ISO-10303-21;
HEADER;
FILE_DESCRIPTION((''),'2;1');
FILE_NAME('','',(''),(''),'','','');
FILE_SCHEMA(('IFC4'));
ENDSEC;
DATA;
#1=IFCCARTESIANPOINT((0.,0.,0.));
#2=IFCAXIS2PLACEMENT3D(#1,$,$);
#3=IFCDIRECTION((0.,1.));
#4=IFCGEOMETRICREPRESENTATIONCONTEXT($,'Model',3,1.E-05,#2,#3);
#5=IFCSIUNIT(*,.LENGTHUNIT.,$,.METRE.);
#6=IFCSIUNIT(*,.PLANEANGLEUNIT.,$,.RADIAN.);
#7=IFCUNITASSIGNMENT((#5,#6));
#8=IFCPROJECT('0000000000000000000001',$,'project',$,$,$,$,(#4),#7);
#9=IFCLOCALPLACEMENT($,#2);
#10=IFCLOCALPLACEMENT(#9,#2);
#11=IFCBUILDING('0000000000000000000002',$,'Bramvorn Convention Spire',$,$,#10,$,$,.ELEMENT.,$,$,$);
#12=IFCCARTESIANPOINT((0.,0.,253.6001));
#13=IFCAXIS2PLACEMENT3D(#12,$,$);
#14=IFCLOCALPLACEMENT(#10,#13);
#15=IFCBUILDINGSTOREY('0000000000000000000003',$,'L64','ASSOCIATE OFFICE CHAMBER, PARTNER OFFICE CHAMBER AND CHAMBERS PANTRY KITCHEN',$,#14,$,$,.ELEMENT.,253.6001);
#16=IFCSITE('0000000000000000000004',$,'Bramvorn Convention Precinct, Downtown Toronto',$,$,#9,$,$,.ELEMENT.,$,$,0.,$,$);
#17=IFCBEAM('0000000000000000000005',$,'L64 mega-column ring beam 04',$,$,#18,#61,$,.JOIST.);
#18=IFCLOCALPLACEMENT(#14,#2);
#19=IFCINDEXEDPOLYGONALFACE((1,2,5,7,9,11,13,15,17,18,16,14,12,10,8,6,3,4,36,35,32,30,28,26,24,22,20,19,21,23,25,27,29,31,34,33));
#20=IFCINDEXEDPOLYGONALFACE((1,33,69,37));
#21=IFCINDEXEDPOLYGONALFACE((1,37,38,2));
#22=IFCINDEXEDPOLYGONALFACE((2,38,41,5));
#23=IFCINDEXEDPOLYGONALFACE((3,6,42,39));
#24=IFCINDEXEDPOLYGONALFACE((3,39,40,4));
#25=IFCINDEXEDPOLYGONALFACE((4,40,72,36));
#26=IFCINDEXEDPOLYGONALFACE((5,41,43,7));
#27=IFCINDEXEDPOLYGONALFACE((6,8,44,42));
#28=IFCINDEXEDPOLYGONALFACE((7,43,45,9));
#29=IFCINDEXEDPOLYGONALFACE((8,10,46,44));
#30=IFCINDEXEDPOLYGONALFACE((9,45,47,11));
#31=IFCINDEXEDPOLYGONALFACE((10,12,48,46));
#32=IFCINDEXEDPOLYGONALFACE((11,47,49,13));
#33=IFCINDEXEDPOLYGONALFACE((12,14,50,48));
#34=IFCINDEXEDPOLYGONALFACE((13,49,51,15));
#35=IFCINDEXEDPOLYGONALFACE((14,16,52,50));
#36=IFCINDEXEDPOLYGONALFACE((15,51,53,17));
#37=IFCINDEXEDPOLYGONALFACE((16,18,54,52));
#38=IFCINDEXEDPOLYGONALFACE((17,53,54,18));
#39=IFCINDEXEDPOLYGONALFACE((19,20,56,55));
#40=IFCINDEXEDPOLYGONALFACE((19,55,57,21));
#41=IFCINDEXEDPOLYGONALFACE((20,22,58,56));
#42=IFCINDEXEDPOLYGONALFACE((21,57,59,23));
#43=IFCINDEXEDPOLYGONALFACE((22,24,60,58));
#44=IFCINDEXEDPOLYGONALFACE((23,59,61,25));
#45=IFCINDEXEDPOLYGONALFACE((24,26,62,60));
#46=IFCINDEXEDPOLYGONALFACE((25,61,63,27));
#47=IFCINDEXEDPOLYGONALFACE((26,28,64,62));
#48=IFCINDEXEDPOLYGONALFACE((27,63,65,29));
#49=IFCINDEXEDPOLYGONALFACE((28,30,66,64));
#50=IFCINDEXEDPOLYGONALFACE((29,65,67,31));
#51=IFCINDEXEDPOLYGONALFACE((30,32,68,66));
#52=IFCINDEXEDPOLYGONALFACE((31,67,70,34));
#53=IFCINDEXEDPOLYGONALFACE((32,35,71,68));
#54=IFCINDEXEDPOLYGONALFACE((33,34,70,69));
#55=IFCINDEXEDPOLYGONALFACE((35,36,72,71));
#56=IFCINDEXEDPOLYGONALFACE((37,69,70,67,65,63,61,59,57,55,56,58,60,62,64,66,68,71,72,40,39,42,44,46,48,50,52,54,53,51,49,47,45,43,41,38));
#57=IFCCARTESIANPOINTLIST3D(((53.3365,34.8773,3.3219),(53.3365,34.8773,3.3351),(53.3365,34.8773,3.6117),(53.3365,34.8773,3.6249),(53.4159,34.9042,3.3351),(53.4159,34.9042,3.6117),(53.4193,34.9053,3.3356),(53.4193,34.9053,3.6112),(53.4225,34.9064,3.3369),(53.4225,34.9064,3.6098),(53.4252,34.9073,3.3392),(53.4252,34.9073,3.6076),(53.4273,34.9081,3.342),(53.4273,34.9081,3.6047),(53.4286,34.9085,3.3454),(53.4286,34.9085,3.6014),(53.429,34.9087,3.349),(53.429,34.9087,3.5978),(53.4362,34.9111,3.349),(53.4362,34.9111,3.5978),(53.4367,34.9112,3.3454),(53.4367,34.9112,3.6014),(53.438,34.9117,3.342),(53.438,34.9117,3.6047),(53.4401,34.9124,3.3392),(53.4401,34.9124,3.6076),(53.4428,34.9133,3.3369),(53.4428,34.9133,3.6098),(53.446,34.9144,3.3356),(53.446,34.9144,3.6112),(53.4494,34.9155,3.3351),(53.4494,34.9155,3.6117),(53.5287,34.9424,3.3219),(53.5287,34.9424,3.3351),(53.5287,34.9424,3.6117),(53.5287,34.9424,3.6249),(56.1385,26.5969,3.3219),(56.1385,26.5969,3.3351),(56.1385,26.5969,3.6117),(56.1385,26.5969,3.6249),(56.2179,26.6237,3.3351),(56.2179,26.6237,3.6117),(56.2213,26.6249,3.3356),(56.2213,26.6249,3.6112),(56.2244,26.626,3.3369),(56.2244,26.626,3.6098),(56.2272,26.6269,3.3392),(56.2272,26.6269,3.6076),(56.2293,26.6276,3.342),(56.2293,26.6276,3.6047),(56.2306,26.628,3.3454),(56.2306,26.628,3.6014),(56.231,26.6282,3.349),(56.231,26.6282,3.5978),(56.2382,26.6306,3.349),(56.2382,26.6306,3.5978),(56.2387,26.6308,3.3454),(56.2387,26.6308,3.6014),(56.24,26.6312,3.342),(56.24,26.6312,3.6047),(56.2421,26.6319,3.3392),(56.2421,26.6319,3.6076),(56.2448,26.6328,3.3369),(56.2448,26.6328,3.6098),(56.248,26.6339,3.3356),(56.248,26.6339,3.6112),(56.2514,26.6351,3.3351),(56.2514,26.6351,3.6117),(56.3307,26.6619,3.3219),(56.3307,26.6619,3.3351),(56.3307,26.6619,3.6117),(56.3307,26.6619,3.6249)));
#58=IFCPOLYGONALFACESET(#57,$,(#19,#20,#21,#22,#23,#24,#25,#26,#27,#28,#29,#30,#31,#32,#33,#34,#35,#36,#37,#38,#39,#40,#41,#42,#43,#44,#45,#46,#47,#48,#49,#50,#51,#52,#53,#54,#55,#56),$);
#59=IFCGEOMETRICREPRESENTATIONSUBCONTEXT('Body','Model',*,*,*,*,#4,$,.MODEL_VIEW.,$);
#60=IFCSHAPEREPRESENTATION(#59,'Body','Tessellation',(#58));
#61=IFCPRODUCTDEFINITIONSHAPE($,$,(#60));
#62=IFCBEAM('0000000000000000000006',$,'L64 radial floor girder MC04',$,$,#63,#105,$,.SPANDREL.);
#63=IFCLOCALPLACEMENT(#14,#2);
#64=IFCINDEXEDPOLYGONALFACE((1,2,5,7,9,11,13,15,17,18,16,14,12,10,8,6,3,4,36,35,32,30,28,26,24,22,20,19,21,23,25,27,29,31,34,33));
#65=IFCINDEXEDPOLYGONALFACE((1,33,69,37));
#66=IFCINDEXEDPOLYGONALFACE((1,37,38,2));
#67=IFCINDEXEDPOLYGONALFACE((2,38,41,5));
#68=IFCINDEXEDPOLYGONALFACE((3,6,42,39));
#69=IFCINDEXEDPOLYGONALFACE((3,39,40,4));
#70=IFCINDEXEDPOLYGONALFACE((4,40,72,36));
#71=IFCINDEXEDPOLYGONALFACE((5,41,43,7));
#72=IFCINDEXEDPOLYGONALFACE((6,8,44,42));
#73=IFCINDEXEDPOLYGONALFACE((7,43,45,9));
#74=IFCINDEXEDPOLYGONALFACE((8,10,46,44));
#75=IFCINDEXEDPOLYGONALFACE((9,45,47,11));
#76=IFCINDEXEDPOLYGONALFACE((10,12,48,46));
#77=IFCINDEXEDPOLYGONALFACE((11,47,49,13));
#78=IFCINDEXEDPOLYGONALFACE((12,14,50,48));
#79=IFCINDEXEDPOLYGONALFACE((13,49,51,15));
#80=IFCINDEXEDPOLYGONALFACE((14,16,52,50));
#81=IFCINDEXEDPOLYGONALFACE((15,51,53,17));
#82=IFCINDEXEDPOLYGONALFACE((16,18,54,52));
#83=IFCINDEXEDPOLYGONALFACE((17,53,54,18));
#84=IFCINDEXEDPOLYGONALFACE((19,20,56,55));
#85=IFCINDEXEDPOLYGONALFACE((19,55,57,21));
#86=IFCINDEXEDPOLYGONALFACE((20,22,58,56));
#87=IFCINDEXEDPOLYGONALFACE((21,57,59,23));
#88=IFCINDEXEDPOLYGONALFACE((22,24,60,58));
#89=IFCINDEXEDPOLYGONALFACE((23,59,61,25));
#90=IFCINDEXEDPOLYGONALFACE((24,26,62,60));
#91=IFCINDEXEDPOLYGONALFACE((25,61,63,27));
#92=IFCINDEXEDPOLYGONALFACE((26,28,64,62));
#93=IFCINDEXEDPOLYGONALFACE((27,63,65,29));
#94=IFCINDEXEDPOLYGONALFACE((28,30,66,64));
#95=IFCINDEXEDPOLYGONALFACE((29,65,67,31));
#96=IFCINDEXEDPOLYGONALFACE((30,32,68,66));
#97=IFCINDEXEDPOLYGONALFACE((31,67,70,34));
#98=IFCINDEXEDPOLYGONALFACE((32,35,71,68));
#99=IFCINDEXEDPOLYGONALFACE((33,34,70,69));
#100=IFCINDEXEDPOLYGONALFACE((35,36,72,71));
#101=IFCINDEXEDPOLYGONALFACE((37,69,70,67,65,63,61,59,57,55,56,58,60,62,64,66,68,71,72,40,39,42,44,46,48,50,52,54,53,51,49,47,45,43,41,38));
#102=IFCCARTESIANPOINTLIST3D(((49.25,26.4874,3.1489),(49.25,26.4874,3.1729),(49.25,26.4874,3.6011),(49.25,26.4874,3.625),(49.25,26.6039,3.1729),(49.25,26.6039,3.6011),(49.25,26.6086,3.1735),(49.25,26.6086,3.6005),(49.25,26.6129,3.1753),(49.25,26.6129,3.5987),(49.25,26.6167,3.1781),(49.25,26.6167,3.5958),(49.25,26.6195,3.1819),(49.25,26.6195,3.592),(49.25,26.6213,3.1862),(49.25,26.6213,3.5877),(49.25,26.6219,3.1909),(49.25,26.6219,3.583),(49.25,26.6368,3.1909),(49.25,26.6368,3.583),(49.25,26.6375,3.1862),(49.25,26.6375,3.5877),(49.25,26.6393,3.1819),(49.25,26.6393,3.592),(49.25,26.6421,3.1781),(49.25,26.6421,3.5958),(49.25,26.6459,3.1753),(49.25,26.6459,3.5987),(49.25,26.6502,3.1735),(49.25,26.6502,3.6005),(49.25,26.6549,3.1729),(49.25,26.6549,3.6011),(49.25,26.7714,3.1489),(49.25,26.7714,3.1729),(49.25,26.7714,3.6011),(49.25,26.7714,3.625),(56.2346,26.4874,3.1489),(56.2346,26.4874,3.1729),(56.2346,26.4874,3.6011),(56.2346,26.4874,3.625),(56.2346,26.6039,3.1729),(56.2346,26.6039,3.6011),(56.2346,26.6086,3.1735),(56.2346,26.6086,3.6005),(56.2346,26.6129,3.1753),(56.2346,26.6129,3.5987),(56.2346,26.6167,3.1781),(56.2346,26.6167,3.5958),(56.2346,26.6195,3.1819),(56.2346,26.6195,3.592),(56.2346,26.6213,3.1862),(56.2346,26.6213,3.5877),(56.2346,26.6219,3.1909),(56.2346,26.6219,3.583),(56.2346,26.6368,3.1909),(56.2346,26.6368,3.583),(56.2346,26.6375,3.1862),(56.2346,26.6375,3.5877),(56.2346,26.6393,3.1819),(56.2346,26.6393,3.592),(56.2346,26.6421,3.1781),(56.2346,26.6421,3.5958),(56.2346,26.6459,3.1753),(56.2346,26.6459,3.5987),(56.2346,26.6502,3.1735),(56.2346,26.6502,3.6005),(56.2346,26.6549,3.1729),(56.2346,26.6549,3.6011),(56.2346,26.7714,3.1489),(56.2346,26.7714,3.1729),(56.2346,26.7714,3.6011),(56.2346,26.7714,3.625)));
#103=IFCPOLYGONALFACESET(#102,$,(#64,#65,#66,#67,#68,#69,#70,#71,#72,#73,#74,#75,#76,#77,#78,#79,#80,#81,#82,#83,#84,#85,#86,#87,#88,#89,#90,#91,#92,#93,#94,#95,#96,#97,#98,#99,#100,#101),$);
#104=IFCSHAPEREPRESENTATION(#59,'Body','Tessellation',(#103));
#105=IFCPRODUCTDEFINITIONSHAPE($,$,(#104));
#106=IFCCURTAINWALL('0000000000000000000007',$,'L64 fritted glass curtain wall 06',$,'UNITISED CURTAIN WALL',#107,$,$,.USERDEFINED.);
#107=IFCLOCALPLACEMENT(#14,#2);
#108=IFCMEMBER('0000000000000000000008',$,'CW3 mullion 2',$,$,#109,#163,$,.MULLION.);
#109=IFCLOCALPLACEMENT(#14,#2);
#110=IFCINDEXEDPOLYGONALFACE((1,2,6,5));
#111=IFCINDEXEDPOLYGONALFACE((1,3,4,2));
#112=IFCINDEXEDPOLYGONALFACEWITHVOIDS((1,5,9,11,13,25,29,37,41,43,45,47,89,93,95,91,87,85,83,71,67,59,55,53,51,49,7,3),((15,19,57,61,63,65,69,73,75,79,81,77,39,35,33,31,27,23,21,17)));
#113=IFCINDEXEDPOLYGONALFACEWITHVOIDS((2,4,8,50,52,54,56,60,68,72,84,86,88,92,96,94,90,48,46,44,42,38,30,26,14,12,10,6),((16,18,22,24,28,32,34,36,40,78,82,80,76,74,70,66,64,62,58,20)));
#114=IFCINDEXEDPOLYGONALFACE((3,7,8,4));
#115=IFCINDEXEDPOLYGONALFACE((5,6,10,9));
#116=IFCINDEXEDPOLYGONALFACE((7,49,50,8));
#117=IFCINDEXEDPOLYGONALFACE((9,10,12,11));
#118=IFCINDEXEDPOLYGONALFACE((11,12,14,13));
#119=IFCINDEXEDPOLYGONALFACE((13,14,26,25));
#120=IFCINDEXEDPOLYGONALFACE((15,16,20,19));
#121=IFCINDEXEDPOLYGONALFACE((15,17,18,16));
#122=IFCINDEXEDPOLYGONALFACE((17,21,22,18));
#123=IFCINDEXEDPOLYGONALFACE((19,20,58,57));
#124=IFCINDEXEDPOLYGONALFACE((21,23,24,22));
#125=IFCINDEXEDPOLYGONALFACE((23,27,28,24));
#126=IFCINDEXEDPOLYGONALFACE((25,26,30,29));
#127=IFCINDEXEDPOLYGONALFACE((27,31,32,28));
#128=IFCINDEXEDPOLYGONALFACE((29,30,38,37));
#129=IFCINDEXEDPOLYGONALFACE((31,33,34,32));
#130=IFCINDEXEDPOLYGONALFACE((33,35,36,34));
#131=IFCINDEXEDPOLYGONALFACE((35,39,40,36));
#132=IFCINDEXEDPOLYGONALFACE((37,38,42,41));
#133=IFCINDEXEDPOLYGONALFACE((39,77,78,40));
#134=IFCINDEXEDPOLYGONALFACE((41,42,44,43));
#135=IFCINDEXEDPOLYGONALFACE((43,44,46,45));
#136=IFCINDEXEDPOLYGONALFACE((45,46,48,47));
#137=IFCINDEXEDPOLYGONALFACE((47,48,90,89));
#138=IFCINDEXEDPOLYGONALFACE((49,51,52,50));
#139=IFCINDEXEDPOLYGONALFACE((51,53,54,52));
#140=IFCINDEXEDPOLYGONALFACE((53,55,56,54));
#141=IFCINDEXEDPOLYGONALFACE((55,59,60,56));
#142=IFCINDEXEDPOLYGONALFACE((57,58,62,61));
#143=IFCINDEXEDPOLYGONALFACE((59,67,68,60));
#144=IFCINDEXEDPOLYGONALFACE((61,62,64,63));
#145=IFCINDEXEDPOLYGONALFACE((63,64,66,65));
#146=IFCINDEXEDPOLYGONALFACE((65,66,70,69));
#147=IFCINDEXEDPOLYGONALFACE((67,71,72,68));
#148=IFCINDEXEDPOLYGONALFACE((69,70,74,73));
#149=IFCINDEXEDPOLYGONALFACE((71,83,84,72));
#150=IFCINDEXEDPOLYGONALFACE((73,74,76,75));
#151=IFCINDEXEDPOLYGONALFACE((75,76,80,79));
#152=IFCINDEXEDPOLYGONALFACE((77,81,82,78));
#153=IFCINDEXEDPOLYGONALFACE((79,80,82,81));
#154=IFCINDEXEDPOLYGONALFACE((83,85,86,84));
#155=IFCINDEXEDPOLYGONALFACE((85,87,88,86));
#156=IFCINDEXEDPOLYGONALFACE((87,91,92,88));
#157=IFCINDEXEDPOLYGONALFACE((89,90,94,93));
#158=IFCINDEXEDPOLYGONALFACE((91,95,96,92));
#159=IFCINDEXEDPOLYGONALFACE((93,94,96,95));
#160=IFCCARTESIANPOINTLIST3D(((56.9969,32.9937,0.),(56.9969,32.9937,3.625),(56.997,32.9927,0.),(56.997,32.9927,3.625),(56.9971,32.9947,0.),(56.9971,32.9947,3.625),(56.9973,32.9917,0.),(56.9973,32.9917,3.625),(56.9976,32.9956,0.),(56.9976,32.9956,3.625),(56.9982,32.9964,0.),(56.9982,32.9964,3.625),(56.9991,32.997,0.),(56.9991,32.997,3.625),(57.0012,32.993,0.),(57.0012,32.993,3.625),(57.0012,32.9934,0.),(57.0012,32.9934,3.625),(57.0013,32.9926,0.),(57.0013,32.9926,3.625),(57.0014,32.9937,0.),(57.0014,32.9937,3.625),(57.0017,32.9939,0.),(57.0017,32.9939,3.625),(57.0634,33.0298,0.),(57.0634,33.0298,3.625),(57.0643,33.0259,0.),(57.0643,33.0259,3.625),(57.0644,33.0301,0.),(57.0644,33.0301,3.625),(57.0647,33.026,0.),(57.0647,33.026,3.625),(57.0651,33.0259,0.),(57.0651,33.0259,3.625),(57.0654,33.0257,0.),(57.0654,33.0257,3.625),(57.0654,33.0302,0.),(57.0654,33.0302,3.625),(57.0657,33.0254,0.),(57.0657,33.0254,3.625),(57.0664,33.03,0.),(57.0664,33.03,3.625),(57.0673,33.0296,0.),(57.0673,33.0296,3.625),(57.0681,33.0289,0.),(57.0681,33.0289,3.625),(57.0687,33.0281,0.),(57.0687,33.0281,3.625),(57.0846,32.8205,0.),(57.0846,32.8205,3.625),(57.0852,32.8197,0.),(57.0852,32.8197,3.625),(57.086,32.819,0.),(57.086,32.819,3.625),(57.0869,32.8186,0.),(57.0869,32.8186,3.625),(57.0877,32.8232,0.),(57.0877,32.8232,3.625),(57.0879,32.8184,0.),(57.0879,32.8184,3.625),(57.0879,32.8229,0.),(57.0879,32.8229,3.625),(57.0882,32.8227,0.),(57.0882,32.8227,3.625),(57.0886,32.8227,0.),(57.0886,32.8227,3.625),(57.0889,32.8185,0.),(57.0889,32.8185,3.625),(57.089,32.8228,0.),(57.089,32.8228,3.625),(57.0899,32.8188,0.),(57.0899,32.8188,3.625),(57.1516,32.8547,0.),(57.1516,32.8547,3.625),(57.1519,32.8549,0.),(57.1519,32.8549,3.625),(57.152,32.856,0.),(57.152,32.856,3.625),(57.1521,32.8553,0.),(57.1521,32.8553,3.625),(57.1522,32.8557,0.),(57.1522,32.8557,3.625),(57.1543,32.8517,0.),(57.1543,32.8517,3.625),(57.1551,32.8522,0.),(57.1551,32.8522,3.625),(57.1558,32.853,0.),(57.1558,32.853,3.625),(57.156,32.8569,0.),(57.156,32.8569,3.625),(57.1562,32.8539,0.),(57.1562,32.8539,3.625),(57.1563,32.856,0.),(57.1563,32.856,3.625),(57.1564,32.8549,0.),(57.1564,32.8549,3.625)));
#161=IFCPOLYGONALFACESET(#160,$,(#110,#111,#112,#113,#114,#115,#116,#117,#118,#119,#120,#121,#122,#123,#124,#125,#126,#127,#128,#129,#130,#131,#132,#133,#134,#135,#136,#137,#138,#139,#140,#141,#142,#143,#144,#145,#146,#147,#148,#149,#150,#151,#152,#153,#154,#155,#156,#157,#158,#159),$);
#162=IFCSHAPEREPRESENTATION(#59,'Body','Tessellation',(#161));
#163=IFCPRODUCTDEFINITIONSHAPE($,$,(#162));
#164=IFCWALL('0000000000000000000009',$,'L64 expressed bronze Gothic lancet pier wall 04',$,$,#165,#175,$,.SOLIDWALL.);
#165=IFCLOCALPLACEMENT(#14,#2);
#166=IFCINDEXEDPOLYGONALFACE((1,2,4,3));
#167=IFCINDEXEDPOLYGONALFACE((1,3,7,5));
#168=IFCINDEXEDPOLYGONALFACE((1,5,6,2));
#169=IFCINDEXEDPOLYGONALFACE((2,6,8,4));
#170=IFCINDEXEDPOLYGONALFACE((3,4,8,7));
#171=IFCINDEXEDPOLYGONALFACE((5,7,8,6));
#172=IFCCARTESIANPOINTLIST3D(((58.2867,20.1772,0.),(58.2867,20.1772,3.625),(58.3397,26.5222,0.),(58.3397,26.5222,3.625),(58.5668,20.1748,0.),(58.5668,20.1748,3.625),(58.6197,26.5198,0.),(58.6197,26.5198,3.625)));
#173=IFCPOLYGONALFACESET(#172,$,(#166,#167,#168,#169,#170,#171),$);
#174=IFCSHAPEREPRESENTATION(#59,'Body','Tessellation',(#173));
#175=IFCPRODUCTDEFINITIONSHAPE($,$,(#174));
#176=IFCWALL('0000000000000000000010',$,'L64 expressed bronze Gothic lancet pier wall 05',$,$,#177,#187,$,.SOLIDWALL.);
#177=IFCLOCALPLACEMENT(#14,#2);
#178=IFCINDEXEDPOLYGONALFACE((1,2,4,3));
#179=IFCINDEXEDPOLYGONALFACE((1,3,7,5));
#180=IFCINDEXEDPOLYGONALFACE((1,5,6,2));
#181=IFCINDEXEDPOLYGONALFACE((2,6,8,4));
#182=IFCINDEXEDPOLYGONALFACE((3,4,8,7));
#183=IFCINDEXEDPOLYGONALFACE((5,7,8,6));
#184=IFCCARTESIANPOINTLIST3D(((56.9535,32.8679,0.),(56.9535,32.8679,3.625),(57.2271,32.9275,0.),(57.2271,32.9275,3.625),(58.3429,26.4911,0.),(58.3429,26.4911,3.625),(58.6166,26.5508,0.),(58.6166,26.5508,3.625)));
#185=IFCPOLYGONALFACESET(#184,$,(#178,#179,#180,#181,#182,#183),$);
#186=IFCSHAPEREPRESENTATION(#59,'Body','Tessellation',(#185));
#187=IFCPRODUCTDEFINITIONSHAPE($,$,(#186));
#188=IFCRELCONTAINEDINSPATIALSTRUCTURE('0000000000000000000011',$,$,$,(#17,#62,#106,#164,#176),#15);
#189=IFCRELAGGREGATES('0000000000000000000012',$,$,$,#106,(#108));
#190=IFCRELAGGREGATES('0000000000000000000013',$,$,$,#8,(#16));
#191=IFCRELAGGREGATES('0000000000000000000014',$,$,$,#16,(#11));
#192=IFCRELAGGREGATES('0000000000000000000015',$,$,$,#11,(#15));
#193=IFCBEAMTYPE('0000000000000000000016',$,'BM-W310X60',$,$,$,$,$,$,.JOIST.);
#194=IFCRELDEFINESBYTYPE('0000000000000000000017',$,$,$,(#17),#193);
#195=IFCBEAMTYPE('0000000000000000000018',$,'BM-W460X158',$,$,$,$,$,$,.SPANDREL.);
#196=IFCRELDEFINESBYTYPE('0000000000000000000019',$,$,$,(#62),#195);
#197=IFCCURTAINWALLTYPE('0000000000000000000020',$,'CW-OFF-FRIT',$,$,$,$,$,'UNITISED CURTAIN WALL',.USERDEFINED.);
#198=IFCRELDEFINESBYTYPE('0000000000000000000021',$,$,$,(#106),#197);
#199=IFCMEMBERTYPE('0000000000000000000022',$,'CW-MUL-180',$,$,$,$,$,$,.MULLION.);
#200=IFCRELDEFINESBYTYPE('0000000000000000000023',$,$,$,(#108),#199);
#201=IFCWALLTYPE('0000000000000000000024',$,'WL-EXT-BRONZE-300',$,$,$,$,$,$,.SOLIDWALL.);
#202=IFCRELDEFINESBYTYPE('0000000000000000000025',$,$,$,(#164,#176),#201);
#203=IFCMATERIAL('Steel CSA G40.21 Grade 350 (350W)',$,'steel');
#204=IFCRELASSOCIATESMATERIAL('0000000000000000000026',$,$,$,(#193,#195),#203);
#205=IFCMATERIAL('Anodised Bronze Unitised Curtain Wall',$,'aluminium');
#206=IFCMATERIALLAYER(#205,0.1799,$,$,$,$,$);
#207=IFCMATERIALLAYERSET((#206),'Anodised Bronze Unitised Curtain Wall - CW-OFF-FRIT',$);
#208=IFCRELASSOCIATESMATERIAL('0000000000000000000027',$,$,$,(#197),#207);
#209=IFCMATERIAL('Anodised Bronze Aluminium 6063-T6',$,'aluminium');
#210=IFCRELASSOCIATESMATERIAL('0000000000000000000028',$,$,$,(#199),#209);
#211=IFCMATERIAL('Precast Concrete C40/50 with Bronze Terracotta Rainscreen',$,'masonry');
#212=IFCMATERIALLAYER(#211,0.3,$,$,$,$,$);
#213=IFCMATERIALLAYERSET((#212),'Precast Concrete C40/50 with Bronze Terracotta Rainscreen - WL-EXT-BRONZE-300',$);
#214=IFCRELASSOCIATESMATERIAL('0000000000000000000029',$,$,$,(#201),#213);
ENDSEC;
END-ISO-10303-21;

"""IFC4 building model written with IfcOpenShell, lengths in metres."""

from ifc_helpers import new_model, si_unit, direction, frame, frame_2d, origin, origin_2d, place, context, subcontext, project, spatial, rectangle, hollow_rectangle, i_section, extrude, material, layer, layer_set, material_profile, profile_set, type_object, element, aggregate, save


model = new_model("IFC4")

# Units and contexts
model_context = context("Model", 3, precision=1e-05, world=origin(), true_north=direction((0.0, 1.0)))
body_context = subcontext(model_context, "Body", "Model", "MODEL_VIEW")
ifc_project = project(units=[si_unit("LENGTHUNIT", "METRE"), si_unit("PLANEANGLEUNIT", "RADIAN")], contexts=[model_context])

# Site, building, storey
site_placement = place(None, origin())
site = spatial("IfcSite", under=ifc_project, at=site_placement, Name="Bramvorn Convention Precinct, Downtown Toronto", CompositionType="ELEMENT", RefElevation=0.0)
building_placement = place(site_placement, origin())
building = spatial("IfcBuilding", under=site, at=building_placement, Name="Bramvorn Convention Spire", CompositionType="ELEMENT")
storey_placement = place(building_placement, frame((0.0, 0.0, 253.6001)))
storey = spatial("IfcBuildingStorey", under=building, at=storey_placement, Name="L64", Description="ASSOCIATE OFFICE CHAMBER, PARTNER OFFICE CHAMBER AND CHAMBERS PANTRY KITCHEN", CompositionType="ELEMENT", Elevation=253.6001)

# Shared definitions
ifc_material_1 = material(Name="Steel CSA G40.21 Grade 350 (350W)", Category="steel")

# Beams
ifc_material_profile_1 = material_profile(ifc_material_1, i_section(OverallWidth=0.2029, OverallDepth=0.303, WebThickness=0.0076, FlangeThickness=0.0132, FilletRadius=0.0139, at=origin_2d()))
ifc_profile_set_1 = profile_set([ifc_material_profile_1], Name="Steel CSA G40.21 Grade 350 (350W) - W310X60")
beam_type_1 = type_object("IfcBeamType", Name="BM-W310X60", PredefinedType="JOIST", material=ifc_profile_set_1)
beam_1_placement = place(storey_placement, frame((56.2346, 26.6294, 3.4734), z_axis=(-0.320531, 0.947238, 0.0), x_axis=(-0.947238, -0.320531, 0.0)))
element("IfcBeam", 1, at=beam_1_placement, inside=storey, type_object=beam_type_1, Name="L64 mega-column ring beam 04", PredefinedType="JOIST", context=body_context, shape_type="SweptSolid", body=[
    extrude(i_section(OverallWidth=0.2029, OverallDepth=0.303, WebThickness=0.0076, FlangeThickness=0.0132, FilletRadius=0.0139, at=origin_2d()), origin(), (0.0, 0.0, 1.0), 8.7417),
])
ifc_material_profile_2 = material_profile(ifc_material_1, i_section(OverallWidth=0.2839, OverallDepth=0.4761, WebThickness=0.0149, FlangeThickness=0.0239, FilletRadius=0.0181, at=origin_2d()))
ifc_profile_set_2 = profile_set([ifc_material_profile_2], Name="Steel CSA G40.21 Grade 350 (350W) - W460X158")
beam_type_2 = type_object("IfcBeamType", Name="BM-W460X158", PredefinedType="SPANDREL", material=ifc_profile_set_2)
beam_2_placement = place(storey_placement, frame((49.25, 26.6294, 3.387), z_axis=(1.0, 0.0, 0.0), x_axis=(0.0, 1.0, 0.0)))
element("IfcBeam", 2, at=beam_2_placement, inside=storey, type_object=beam_type_2, Name="L64 radial floor girder MC04", PredefinedType="SPANDREL", context=body_context, shape_type="SweptSolid", body=[
    extrude(i_section(OverallWidth=0.2839, OverallDepth=0.4761, WebThickness=0.0149, FlangeThickness=0.0239, FilletRadius=0.0181, at=origin_2d()), origin(), (0.0, 0.0, 1.0), 6.9846),
])

# Curtain wall, member
ifc_material_2 = material(Name="Anodised Bronze Unitised Curtain Wall", Category="aluminium")
ifc_layer_1 = layer(ifc_material_2, 0.1799)
ifc_layer_set_1 = layer_set([ifc_layer_1], Name="Anodised Bronze Unitised Curtain Wall - CW-OFF-FRIT")
curtain_wall_type = type_object("IfcCurtainWallType", Name="CW-OFF-FRIT", ElementType="UNITISED CURTAIN WALL", PredefinedType="USERDEFINED", material=ifc_layer_set_1)
curtain_wall_placement = place(storey_placement, origin())
curtain_wall = element("IfcCurtainWall", 3, at=curtain_wall_placement, inside=storey, type_object=curtain_wall_type, Name="L64 fritted glass curtain wall 06", ObjectType="UNITISED CURTAIN WALL", PredefinedType="USERDEFINED")
ifc_material_3 = material(Name="Anodised Bronze Aluminium 6063-T6", Category="aluminium")
ifc_material_profile_3 = material_profile(ifc_material_3, hollow_rectangle(XDim=0.0801, YDim=0.2, WallThickness=0.0039, InnerFilletRadius=0.001, OuterFilletRadius=0.0039, at=origin_2d()))
ifc_profile_set_3 = profile_set([ifc_material_profile_3], Name="Anodised Bronze Aluminium 6063-T6 - CWM80X200")
member_type = type_object("IfcMemberType", Name="CW-MUL-180", PredefinedType="MULLION", material=ifc_profile_set_3)
member_placement = place(storey_placement, frame((57.0767, 32.9243, 0.0), z_axis=(0.0, 0.0, 1.0), x_axis=(0.890857, 0.454284, 0.0)))
member = element("IfcMember", 4, at=member_placement, type_object=member_type, Name="CW3 mullion 2", PredefinedType="MULLION", context=body_context, shape_type="SweptSolid", body=[
    extrude(hollow_rectangle(XDim=0.0801, YDim=0.2, WallThickness=0.0039, InnerFilletRadius=0.001, OuterFilletRadius=0.0039, at=origin_2d()), origin(), (0.0, 0.0, 1.0), 3.625),
])
aggregate(curtain_wall, [member])

# Walls
ifc_material_4 = material(Name="Precast Concrete C40/50 with Bronze Terracotta Rainscreen", Category="masonry")
ifc_layer_2 = layer(ifc_material_4, 0.3)
ifc_layer_set_2 = layer_set([ifc_layer_2], Name="Precast Concrete C40/50 with Bronze Terracotta Rainscreen - WL-EXT-BRONZE-300")
wall_type_1 = type_object("IfcWallType", Name="WL-EXT-BRONZE-300", PredefinedType="SOLIDWALL", material=ifc_layer_set_2)
wall_1_placement = place(storey_placement, frame((58.4797, 26.521, 0.0), z_axis=(0.0, 0.0, 1.0), x_axis=(-0.008349, -0.999965, 0.0)))
element("IfcWall", 5, at=wall_1_placement, inside=storey, type_object=wall_type_1, Name="L64 expressed bronze Gothic lancet pier wall 04", PredefinedType="SOLIDWALL", context=body_context, shape_type="SweptSolid", body=[
    extrude(rectangle(XDim=6.3452, YDim=0.28, at=frame_2d((3.1726, 0.0))), origin(), (0.0, 0.0, 1.0), 3.625),
])
wall_2_placement = place(storey_placement, frame((57.0903, 32.8977, 0.0), z_axis=(0.0, 0.0, 1.0), x_axis=(0.212892, -0.977076, 0.0)))
element("IfcWall", 6, at=wall_2_placement, inside=storey, type_object=wall_type_1, Name="L64 expressed bronze Gothic lancet pier wall 05", PredefinedType="SOLIDWALL", context=body_context, shape_type="SweptSolid", body=[
    extrude(rectangle(XDim=6.5264, YDim=0.28, at=frame_2d((3.2632, 0.0))), origin(), (0.0, 0.0, 1.0), 3.625),
])

save(model, "model.ifc")
